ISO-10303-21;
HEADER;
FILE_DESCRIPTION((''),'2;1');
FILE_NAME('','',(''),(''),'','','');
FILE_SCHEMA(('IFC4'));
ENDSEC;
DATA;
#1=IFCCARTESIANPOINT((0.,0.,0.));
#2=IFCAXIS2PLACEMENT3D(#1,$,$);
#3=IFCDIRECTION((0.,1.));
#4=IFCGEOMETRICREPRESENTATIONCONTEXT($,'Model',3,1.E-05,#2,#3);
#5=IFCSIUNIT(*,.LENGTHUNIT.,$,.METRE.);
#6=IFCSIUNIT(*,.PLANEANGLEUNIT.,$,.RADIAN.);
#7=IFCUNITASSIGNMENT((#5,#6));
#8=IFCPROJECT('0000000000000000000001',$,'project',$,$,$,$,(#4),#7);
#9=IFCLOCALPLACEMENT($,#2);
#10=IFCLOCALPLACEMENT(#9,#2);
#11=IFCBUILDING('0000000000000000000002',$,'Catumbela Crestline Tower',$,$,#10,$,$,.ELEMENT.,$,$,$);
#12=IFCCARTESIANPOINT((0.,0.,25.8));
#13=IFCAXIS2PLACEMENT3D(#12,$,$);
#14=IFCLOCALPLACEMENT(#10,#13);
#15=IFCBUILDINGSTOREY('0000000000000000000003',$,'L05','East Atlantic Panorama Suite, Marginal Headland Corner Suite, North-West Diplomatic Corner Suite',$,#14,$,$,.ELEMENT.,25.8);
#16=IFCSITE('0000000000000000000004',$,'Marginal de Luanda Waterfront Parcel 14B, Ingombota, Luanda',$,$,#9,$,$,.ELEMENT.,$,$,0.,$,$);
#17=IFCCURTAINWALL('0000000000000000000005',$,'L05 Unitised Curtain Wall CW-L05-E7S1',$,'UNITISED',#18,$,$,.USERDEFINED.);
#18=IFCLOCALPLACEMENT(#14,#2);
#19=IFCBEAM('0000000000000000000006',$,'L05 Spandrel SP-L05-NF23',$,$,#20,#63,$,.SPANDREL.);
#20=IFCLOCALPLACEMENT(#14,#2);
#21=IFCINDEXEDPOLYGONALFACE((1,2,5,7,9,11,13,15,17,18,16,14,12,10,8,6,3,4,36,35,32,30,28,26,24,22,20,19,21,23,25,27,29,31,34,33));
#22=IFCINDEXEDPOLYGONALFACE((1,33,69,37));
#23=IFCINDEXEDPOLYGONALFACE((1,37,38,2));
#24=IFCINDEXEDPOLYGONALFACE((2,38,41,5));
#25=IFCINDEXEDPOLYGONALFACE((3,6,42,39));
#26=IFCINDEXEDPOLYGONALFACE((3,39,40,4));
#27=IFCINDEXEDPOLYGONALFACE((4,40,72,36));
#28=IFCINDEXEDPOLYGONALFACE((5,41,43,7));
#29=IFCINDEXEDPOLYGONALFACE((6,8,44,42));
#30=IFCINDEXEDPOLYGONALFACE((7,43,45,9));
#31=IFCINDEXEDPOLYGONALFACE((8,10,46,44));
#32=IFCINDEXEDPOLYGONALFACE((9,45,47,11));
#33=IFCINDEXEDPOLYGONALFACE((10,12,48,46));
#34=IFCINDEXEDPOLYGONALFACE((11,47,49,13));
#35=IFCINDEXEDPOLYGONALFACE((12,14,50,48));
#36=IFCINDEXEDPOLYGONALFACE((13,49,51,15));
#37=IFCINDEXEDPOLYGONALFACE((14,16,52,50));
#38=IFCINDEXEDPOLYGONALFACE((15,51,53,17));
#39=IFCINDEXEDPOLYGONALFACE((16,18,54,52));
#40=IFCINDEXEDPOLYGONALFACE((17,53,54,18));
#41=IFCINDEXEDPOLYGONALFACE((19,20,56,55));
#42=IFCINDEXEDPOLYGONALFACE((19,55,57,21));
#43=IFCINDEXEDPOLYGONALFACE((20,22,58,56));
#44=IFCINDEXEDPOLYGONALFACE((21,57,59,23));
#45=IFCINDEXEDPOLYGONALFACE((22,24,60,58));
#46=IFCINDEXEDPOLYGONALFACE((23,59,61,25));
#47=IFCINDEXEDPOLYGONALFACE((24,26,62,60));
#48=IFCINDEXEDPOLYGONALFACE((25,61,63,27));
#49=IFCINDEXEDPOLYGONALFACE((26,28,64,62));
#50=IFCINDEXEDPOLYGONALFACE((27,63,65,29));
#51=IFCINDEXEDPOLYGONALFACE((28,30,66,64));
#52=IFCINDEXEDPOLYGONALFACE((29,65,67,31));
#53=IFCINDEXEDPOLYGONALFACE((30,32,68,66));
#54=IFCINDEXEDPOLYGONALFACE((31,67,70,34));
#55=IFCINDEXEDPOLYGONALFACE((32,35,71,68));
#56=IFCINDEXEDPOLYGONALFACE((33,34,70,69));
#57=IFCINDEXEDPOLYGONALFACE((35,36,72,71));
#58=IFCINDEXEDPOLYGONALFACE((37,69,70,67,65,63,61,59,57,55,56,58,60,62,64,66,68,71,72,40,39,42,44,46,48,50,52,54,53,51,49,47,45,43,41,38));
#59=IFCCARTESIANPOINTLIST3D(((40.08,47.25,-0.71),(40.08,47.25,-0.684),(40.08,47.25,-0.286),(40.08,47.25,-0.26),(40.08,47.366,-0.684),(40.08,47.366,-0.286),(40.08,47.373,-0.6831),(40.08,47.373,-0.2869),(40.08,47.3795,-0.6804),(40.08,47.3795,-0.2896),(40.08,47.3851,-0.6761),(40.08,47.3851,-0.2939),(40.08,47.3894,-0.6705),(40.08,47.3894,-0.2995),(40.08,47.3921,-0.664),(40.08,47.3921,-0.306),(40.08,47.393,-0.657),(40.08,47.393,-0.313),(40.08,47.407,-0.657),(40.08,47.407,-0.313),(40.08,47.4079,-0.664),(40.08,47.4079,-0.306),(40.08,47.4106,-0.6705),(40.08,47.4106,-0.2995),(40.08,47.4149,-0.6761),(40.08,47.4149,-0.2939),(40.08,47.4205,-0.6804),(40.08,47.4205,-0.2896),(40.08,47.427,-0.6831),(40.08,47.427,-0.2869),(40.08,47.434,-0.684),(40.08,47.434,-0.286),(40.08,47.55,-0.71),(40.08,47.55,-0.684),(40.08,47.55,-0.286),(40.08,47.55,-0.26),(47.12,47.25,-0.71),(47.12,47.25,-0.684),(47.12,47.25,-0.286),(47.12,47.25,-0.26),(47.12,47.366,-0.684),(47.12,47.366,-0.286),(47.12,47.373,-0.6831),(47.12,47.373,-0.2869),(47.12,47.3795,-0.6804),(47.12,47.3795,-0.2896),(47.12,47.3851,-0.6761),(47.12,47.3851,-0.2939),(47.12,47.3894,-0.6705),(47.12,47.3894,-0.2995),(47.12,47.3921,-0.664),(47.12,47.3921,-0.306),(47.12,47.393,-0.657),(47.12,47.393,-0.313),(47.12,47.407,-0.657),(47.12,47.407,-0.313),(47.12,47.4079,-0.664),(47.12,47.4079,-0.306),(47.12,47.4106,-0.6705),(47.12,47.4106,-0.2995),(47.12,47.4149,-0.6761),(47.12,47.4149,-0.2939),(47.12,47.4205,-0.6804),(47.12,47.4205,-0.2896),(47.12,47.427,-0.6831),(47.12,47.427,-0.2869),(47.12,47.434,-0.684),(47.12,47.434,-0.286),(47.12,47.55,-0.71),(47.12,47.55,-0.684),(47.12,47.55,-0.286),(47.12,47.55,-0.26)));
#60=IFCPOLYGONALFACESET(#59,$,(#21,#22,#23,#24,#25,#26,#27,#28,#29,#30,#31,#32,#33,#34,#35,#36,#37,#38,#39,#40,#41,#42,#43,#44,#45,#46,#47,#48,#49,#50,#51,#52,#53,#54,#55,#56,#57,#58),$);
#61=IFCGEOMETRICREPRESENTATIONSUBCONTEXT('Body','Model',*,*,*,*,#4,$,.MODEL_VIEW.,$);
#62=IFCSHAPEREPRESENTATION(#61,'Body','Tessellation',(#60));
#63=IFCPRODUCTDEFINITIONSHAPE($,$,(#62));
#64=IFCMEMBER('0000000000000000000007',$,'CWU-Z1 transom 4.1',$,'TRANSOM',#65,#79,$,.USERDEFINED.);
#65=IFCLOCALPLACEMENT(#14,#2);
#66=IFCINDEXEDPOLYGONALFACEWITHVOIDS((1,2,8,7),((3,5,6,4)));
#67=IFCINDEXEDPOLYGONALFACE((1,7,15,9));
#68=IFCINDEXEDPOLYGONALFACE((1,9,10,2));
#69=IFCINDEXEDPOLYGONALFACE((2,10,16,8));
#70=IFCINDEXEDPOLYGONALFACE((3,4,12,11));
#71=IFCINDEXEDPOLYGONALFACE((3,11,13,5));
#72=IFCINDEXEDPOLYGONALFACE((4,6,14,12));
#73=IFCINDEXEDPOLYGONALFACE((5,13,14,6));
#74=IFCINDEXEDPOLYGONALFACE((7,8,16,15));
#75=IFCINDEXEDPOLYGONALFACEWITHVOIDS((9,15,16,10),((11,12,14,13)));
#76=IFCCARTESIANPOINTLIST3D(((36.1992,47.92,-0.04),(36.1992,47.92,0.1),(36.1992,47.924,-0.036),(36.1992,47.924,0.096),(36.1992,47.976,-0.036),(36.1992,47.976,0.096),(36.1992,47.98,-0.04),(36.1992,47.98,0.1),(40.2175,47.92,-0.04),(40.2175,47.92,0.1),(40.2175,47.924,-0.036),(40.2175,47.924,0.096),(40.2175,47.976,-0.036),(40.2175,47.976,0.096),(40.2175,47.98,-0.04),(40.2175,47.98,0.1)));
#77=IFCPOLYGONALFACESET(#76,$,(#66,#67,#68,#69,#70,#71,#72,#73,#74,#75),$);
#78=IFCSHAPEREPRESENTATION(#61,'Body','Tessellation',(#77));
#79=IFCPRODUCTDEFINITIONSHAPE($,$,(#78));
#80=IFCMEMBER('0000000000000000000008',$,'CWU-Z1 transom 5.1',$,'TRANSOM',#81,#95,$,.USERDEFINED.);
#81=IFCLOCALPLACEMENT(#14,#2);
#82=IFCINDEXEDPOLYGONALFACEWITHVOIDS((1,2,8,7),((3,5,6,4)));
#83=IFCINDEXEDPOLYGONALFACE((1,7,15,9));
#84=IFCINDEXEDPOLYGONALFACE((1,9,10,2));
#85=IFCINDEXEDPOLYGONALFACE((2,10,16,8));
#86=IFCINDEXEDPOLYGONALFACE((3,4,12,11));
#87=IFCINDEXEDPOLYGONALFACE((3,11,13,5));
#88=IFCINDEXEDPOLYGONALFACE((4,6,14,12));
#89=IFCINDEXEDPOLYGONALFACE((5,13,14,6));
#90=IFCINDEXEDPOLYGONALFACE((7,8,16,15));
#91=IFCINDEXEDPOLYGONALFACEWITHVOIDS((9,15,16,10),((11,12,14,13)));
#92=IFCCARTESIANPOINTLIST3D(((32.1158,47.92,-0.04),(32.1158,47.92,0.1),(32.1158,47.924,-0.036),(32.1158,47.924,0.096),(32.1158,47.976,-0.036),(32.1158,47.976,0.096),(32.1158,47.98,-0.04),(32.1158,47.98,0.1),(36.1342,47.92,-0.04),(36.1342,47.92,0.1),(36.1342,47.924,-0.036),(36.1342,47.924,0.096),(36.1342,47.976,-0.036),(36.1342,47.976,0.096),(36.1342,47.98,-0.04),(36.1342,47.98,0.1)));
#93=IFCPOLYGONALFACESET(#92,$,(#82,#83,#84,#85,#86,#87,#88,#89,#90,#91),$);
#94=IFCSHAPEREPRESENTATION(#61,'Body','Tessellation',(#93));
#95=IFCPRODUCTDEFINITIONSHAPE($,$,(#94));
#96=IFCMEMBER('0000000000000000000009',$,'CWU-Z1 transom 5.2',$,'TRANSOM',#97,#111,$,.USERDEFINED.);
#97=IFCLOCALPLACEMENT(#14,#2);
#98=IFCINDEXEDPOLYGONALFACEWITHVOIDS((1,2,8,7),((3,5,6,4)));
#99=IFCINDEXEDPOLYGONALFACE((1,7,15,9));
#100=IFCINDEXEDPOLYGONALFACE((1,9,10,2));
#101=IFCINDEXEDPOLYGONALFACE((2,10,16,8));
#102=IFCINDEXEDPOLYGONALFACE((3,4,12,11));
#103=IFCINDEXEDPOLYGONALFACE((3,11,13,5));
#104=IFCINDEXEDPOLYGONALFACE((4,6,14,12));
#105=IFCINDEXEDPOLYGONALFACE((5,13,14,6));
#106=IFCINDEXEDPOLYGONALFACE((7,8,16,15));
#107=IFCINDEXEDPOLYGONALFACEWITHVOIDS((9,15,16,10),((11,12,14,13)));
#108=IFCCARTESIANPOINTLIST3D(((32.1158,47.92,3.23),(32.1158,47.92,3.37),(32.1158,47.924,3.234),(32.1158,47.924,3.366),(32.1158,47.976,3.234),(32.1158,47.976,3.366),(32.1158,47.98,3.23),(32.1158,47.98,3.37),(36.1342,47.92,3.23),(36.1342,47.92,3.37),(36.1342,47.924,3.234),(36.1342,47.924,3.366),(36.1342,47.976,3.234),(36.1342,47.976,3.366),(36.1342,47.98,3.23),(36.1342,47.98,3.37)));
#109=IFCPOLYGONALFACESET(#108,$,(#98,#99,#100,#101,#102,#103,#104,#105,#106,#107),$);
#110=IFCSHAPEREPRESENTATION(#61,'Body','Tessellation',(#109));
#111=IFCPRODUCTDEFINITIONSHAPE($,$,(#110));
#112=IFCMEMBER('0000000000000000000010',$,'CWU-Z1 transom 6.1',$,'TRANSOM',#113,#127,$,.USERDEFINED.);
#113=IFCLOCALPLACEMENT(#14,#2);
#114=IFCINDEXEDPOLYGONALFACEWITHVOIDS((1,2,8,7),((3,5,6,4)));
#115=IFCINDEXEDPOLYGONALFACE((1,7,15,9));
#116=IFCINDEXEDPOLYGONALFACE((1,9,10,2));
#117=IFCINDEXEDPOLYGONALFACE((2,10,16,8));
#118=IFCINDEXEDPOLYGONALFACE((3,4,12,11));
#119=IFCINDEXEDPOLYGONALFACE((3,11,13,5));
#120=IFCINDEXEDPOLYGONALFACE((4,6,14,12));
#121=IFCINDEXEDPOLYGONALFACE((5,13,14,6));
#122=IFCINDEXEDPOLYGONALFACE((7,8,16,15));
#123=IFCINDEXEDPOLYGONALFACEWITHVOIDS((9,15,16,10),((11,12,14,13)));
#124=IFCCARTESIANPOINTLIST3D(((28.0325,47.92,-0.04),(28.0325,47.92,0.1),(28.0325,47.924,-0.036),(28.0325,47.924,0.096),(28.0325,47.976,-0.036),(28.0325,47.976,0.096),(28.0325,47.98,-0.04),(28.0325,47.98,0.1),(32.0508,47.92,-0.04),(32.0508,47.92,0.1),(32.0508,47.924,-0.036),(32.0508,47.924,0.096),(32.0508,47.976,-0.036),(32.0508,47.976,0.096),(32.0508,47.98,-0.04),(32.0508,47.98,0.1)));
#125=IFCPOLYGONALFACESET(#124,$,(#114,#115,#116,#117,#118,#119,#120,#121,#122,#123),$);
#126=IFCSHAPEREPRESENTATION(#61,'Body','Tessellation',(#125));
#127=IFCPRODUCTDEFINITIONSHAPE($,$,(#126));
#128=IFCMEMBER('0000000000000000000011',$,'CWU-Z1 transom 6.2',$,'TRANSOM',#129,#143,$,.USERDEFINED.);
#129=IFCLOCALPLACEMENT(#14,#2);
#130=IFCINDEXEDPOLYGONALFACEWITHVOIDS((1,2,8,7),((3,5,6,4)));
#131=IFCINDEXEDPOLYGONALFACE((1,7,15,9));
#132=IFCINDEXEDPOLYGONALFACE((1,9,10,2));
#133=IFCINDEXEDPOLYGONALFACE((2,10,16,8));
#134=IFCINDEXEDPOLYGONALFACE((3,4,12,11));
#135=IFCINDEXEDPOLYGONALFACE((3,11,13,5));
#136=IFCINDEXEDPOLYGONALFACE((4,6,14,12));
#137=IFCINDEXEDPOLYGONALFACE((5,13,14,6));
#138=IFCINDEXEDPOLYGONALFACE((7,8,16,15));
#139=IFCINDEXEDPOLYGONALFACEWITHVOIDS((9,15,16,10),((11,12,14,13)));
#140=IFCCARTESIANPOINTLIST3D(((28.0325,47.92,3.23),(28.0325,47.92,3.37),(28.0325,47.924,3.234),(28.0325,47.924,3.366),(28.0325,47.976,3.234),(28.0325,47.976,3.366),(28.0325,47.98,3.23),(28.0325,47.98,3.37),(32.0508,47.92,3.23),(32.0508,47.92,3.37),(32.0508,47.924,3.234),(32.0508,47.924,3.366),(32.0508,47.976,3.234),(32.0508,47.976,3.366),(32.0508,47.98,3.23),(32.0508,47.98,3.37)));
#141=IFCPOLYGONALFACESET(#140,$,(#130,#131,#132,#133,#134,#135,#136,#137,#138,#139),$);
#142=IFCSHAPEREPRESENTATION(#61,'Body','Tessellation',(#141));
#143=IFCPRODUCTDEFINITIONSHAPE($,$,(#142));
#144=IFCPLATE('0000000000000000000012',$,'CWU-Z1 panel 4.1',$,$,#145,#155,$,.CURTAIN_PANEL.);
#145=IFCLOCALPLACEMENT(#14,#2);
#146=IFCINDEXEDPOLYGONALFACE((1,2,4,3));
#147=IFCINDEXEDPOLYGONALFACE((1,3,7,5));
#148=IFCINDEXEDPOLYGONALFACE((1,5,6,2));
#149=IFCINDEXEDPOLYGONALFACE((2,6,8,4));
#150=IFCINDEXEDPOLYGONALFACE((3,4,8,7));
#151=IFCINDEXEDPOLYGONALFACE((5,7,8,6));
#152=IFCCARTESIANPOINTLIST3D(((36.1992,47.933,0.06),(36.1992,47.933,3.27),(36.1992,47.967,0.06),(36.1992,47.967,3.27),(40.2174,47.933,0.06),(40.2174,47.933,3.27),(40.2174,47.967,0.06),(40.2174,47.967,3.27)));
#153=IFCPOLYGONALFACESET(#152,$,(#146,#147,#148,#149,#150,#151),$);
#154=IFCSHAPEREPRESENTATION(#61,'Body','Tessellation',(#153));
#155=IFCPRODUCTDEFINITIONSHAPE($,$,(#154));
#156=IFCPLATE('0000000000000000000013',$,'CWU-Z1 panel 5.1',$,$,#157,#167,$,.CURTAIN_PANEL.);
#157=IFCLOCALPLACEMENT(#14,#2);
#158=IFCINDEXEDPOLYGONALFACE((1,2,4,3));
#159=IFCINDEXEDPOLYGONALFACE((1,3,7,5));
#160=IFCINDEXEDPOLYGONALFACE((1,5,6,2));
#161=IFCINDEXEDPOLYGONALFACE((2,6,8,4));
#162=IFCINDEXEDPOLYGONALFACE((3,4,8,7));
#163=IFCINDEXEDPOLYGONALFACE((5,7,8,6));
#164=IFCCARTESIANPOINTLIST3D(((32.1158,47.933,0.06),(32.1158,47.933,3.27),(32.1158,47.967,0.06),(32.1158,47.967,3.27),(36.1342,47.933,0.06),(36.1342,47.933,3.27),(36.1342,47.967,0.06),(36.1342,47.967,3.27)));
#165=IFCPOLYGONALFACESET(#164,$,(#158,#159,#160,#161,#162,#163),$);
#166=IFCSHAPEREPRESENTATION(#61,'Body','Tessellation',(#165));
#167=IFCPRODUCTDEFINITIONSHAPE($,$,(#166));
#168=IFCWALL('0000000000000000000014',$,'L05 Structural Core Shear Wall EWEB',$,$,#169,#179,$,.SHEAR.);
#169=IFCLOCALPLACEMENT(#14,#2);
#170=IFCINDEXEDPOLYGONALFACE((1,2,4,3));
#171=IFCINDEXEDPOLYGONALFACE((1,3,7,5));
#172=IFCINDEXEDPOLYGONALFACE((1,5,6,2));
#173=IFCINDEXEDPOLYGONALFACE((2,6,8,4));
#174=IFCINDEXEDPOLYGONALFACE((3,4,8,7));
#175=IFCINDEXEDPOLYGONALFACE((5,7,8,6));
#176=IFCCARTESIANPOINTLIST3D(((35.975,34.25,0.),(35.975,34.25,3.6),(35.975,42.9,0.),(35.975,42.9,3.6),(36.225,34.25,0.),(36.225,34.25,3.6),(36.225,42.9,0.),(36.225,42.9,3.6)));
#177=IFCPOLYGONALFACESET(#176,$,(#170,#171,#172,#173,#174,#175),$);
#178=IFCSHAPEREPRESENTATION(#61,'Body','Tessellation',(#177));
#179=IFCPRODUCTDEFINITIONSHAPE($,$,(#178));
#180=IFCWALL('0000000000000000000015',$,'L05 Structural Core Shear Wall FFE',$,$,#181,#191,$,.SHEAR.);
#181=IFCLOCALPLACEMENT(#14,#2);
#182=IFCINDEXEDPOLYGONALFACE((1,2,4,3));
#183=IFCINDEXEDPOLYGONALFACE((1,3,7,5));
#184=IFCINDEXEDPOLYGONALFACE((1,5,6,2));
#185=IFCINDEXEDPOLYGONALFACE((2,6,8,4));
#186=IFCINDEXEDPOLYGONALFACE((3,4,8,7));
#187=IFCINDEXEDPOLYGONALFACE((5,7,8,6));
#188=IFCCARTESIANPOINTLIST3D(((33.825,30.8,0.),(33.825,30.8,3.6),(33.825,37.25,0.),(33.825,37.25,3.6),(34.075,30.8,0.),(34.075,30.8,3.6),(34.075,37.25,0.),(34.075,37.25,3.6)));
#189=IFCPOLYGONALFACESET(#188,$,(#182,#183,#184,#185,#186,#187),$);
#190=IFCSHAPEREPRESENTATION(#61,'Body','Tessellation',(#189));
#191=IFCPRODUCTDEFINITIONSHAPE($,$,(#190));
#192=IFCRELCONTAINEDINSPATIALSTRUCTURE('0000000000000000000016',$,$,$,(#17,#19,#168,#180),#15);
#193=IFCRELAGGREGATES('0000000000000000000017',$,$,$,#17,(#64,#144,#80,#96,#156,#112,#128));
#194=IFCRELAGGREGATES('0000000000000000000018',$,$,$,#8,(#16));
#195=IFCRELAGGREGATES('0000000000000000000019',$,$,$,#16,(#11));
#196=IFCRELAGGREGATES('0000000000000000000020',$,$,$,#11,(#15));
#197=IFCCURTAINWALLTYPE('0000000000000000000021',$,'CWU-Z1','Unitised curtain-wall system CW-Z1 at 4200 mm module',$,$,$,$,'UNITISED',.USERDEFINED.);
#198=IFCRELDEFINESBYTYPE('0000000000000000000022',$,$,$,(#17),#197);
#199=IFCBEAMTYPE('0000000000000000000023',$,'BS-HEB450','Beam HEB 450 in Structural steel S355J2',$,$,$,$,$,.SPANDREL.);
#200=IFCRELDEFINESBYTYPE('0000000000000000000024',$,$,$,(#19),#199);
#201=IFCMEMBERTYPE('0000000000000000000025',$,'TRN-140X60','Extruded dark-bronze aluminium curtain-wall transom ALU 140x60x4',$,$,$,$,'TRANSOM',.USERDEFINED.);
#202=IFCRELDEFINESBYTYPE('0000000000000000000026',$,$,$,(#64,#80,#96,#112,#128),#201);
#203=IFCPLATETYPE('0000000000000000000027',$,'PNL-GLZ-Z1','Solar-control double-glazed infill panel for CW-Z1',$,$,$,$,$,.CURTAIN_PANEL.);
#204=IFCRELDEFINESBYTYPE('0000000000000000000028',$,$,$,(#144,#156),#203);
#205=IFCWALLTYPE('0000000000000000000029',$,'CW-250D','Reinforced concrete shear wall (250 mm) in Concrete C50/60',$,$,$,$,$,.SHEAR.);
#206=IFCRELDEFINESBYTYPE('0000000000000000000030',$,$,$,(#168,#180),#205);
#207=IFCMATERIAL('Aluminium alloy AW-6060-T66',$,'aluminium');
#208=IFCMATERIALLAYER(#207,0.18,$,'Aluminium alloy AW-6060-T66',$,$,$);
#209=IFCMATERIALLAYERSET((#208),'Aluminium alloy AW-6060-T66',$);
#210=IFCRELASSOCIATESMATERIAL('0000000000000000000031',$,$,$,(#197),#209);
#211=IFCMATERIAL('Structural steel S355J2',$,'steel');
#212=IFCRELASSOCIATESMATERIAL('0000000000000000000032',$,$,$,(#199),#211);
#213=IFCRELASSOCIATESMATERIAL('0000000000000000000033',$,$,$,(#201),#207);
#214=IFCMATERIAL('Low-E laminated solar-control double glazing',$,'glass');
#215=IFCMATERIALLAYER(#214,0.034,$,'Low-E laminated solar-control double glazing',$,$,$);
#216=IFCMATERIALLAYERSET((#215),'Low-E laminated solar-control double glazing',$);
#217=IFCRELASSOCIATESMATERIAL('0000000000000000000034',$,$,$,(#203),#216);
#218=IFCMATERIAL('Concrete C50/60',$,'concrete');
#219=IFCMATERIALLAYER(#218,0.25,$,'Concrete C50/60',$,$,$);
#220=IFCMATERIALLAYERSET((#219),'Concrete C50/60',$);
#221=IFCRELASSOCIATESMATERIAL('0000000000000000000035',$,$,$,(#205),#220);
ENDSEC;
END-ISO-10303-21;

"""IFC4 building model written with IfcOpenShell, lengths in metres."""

from ifc_helpers import new_model, si_unit, direction, frame, frame_2d, origin, origin_2d, place, context, subcontext, project, spatial, rectangle, hollow_rectangle, i_section, extrude, material, layer, layer_set, material_profile, profile_set, type_object, element, aggregate, save


model = new_model("IFC4")

# Units and contexts
model_context = context("Model", 3, precision=1e-05, world=origin(), true_north=direction((0.0, 1.0)))
body_context = subcontext(model_context, "Body", "Model", "MODEL_VIEW")
ifc_project = project(units=[si_unit("LENGTHUNIT", "METRE"), si_unit("PLANEANGLEUNIT", "RADIAN")], contexts=[model_context])

# Site, building, storey
site_placement = place(None, origin())
site = spatial("IfcSite", under=ifc_project, at=site_placement, Name="Marginal de Luanda Waterfront Parcel 14B, Ingombota, Luanda", CompositionType="ELEMENT", RefElevation=0.0)
building_placement = place(site_placement, origin())
building = spatial("IfcBuilding", under=site, at=building_placement, Name="Catumbela Crestline Tower", CompositionType="ELEMENT")
storey_placement = place(building_placement, frame((0.0, 0.0, 25.8)))
storey = spatial("IfcBuildingStorey", under=building, at=storey_placement, Name="L05", Description="East Atlantic Panorama Suite, Marginal Headland Corner Suite, North-West Diplomatic Corner Suite", CompositionType="ELEMENT", Elevation=25.8)

# Shared definitions
ifc_material_1 = material(Name="Structural steel S355J2", Category="steel")

# Curtain wall
ifc_material_2 = material(Name="Aluminium alloy AW-6060-T66", Category="aluminium")
ifc_layer_1 = layer(ifc_material_2, 0.18, Name="Aluminium alloy AW-6060-T66")
ifc_layer_set_1 = layer_set([ifc_layer_1], Name="Aluminium alloy AW-6060-T66")
curtain_wall_type = type_object("IfcCurtainWallType", Name="CWU-Z1", Description="Unitised curtain-wall system CW-Z1 at 4200 mm module", ElementType="UNITISED", PredefinedType="USERDEFINED", material=ifc_layer_set_1)
curtain_wall_placement = place(storey_placement, origin())
curtain_wall = element("IfcCurtainWall", 1, at=curtain_wall_placement, inside=storey, type_object=curtain_wall_type, Name="L05 Unitised Curtain Wall CW-L05-E7S1", ObjectType="UNITISED", PredefinedType="USERDEFINED")

# Beam
ifc_material_profile_1 = material_profile(ifc_material_1, i_section(OverallWidth=0.3, OverallDepth=0.45, WebThickness=0.014, FlangeThickness=0.026, FilletRadius=0.027, at=origin_2d()), Name="HEB 450")
ifc_profile_set_1 = profile_set([ifc_material_profile_1], Name="Structural steel S355J2")
beam_type_1 = type_object("IfcBeamType", Name="BS-HEB450", Description="Beam HEB 450 in Structural steel S355J2", PredefinedType="SPANDREL", material=ifc_profile_set_1)
beam_1_placement = place(storey_placement, frame((40.08, 47.4, -0.485), z_axis=(1.0, 0.0, 0.0), x_axis=(0.0, 1.0, 0.0)))
element("IfcBeam", 2, at=beam_1_placement, inside=storey, type_object=beam_type_1, Name="L05 Spandrel SP-L05-NF23", PredefinedType="SPANDREL", context=body_context, shape_type="SweptSolid", body=[
    extrude(i_section(OverallWidth=0.3, OverallDepth=0.45, WebThickness=0.014, FlangeThickness=0.026, FilletRadius=0.027, at=origin_2d()), origin(), (0.0, 0.0, 1.0), 7.04),
])

# Members
ifc_material_profile_2 = material_profile(ifc_material_2, hollow_rectangle(XDim=0.06, YDim=0.14, WallThickness=0.004, at=origin_2d()), Name="ALU 140x60x4")
ifc_profile_set_2 = profile_set([ifc_material_profile_2], Name="Aluminium alloy AW-6060-T66")
member_type_1 = type_object("IfcMemberType", Name="TRN-140X60", Description="Extruded dark-bronze aluminium curtain-wall transom ALU 140x60x4", ElementType="TRANSOM", PredefinedType="USERDEFINED", material=ifc_profile_set_2)
member_1_placement = place(storey_placement, frame((40.2175, 47.95, 0.03), z_axis=(-1.0, 0.0, 0.0), x_axis=(0.0, -1.0, 0.0)))
member_1 = element("IfcMember", 3, at=member_1_placement, type_object=member_type_1, Name="CWU-Z1 transom 4.1", ObjectType="TRANSOM", PredefinedType="USERDEFINED", context=body_context, shape_type="SweptSolid", body=[
    extrude(hollow_rectangle(XDim=0.06, YDim=0.14, WallThickness=0.004, at=origin_2d()), origin(), (0.0, 0.0, 1.0), 4.0183),
])
member_2_placement = place(storey_placement, frame((36.1342, 47.95, 0.03), z_axis=(-1.0, 0.0, 0.0), x_axis=(0.0, -1.0, 0.0)))
member_2 = element("IfcMember", 4, at=member_2_placement, type_object=member_type_1, Name="CWU-Z1 transom 5.1", ObjectType="TRANSOM", PredefinedType="USERDEFINED", context=body_context, shape_type="SweptSolid", body=[
    extrude(hollow_rectangle(XDim=0.06, YDim=0.14, WallThickness=0.004, at=origin_2d()), origin(), (0.0, 0.0, 1.0), 4.0184),
])
member_3_placement = place(storey_placement, frame((36.1342, 47.95, 3.3), z_axis=(-1.0, 0.0, 0.0), x_axis=(0.0, -1.0, 0.0)))
member_3 = element("IfcMember", 5, at=member_3_placement, type_object=member_type_1, Name="CWU-Z1 transom 5.2", ObjectType="TRANSOM", PredefinedType="USERDEFINED", context=body_context, shape_type="SweptSolid", body=[
    extrude(hollow_rectangle(XDim=0.06, YDim=0.14, WallThickness=0.004, at=origin_2d()), origin(), (0.0, 0.0, 1.0), 4.0184),
])
member_4_placement = place(storey_placement, frame((32.0508, 47.95, 0.03), z_axis=(-1.0, 0.0, 0.0), x_axis=(0.0, -1.0, 0.0)))
member_4 = element("IfcMember", 6, at=member_4_placement, type_object=member_type_1, Name="CWU-Z1 transom 6.1", ObjectType="TRANSOM", PredefinedType="USERDEFINED", context=body_context, shape_type="SweptSolid", body=[
    extrude(hollow_rectangle(XDim=0.06, YDim=0.14, WallThickness=0.004, at=origin_2d()), origin(), (0.0, 0.0, 1.0), 4.0183),
])
member_5_placement = place(storey_placement, frame((32.0508, 47.95, 3.3), z_axis=(-1.0, 0.0, 0.0), x_axis=(0.0, -1.0, 0.0)))
member_5 = element("IfcMember", 7, at=member_5_placement, type_object=member_type_1, Name="CWU-Z1 transom 6.2", ObjectType="TRANSOM", PredefinedType="USERDEFINED", context=body_context, shape_type="SweptSolid", body=[
    extrude(hollow_rectangle(XDim=0.06, YDim=0.14, WallThickness=0.004, at=origin_2d()), origin(), (0.0, 0.0, 1.0), 4.0183),
])

# Plates
ifc_material_3 = material(Name="Low-E laminated solar-control double glazing", Category="glass")
ifc_layer_2 = layer(ifc_material_3, 0.034, Name="Low-E laminated solar-control double glazing")
ifc_layer_set_2 = layer_set([ifc_layer_2], Name="Low-E laminated solar-control double glazing")
plate_type = type_object("IfcPlateType", Name="PNL-GLZ-Z1", Description="Solar-control double-glazed infill panel for CW-Z1", PredefinedType="CURTAIN_PANEL", material=ifc_layer_set_2)
plate_1_placement = place(storey_placement, frame((38.2083, 47.95, 0.06), z_axis=(0.0, 0.0, 1.0), x_axis=(-1.0, 0.0, 0.0)))
plate_1 = element("IfcPlate", 8, at=plate_1_placement, type_object=plate_type, Name="CWU-Z1 panel 4.1", PredefinedType="CURTAIN_PANEL", context=body_context, shape_type="SweptSolid", body=[
    extrude(rectangle(XDim=4.0183, YDim=0.034, at=origin_2d()), origin(), (0.0, 0.0, 1.0), 3.21),
])
plate_2_placement = place(storey_placement, frame((34.125, 47.95, 0.06), z_axis=(0.0, 0.0, 1.0), x_axis=(-1.0, 0.0, 0.0)))
plate_2 = element("IfcPlate", 9, at=plate_2_placement, type_object=plate_type, Name="CWU-Z1 panel 5.1", PredefinedType="CURTAIN_PANEL", context=body_context, shape_type="SweptSolid", body=[
    extrude(rectangle(XDim=4.0183, YDim=0.034, at=origin_2d()), origin(), (0.0, 0.0, 1.0), 3.21),
])
aggregate(curtain_wall, [member_1, plate_1, member_2, member_3, plate_2, member_4, member_5])

# Walls
ifc_material_4 = material(Name="Concrete C50/60", Category="concrete")
ifc_layer_3 = layer(ifc_material_4, 0.25, Name="Concrete C50/60")
ifc_layer_set_3 = layer_set([ifc_layer_3], Name="Concrete C50/60")
wall_type_1 = type_object("IfcWallType", Name="CW-250D", Description="Reinforced concrete shear wall (250 mm) in Concrete C50/60", PredefinedType="SHEAR", material=ifc_layer_set_3)
wall_1_placement = place(storey_placement, frame((36.1, 34.25, 0.0), z_axis=(0.0, 0.0, 1.0), x_axis=(0.0, 1.0, 0.0)))
element("IfcWall", 10, at=wall_1_placement, inside=storey, type_object=wall_type_1, Name="L05 Structural Core Shear Wall EWEB", PredefinedType="SHEAR", context=body_context, shape_type="SweptSolid", body=[
    extrude(rectangle(XDim=8.65, YDim=0.25, at=frame_2d((4.325, 0.0))), origin(), (0.0, 0.0, 1.0), 3.6),
])
wall_2_placement = place(storey_placement, frame((33.95, 30.8, 0.0), z_axis=(0.0, 0.0, 1.0), x_axis=(0.0, 1.0, 0.0)))
element("IfcWall", 11, at=wall_2_placement, inside=storey, type_object=wall_type_1, Name="L05 Structural Core Shear Wall FFE", PredefinedType="SHEAR", context=body_context, shape_type="SweptSolid", body=[
    extrude(rectangle(XDim=6.45, YDim=0.25, at=frame_2d((3.225, 0.0))), origin(), (0.0, 0.0, 1.0), 3.6),
])

save(model, "model.ifc")
